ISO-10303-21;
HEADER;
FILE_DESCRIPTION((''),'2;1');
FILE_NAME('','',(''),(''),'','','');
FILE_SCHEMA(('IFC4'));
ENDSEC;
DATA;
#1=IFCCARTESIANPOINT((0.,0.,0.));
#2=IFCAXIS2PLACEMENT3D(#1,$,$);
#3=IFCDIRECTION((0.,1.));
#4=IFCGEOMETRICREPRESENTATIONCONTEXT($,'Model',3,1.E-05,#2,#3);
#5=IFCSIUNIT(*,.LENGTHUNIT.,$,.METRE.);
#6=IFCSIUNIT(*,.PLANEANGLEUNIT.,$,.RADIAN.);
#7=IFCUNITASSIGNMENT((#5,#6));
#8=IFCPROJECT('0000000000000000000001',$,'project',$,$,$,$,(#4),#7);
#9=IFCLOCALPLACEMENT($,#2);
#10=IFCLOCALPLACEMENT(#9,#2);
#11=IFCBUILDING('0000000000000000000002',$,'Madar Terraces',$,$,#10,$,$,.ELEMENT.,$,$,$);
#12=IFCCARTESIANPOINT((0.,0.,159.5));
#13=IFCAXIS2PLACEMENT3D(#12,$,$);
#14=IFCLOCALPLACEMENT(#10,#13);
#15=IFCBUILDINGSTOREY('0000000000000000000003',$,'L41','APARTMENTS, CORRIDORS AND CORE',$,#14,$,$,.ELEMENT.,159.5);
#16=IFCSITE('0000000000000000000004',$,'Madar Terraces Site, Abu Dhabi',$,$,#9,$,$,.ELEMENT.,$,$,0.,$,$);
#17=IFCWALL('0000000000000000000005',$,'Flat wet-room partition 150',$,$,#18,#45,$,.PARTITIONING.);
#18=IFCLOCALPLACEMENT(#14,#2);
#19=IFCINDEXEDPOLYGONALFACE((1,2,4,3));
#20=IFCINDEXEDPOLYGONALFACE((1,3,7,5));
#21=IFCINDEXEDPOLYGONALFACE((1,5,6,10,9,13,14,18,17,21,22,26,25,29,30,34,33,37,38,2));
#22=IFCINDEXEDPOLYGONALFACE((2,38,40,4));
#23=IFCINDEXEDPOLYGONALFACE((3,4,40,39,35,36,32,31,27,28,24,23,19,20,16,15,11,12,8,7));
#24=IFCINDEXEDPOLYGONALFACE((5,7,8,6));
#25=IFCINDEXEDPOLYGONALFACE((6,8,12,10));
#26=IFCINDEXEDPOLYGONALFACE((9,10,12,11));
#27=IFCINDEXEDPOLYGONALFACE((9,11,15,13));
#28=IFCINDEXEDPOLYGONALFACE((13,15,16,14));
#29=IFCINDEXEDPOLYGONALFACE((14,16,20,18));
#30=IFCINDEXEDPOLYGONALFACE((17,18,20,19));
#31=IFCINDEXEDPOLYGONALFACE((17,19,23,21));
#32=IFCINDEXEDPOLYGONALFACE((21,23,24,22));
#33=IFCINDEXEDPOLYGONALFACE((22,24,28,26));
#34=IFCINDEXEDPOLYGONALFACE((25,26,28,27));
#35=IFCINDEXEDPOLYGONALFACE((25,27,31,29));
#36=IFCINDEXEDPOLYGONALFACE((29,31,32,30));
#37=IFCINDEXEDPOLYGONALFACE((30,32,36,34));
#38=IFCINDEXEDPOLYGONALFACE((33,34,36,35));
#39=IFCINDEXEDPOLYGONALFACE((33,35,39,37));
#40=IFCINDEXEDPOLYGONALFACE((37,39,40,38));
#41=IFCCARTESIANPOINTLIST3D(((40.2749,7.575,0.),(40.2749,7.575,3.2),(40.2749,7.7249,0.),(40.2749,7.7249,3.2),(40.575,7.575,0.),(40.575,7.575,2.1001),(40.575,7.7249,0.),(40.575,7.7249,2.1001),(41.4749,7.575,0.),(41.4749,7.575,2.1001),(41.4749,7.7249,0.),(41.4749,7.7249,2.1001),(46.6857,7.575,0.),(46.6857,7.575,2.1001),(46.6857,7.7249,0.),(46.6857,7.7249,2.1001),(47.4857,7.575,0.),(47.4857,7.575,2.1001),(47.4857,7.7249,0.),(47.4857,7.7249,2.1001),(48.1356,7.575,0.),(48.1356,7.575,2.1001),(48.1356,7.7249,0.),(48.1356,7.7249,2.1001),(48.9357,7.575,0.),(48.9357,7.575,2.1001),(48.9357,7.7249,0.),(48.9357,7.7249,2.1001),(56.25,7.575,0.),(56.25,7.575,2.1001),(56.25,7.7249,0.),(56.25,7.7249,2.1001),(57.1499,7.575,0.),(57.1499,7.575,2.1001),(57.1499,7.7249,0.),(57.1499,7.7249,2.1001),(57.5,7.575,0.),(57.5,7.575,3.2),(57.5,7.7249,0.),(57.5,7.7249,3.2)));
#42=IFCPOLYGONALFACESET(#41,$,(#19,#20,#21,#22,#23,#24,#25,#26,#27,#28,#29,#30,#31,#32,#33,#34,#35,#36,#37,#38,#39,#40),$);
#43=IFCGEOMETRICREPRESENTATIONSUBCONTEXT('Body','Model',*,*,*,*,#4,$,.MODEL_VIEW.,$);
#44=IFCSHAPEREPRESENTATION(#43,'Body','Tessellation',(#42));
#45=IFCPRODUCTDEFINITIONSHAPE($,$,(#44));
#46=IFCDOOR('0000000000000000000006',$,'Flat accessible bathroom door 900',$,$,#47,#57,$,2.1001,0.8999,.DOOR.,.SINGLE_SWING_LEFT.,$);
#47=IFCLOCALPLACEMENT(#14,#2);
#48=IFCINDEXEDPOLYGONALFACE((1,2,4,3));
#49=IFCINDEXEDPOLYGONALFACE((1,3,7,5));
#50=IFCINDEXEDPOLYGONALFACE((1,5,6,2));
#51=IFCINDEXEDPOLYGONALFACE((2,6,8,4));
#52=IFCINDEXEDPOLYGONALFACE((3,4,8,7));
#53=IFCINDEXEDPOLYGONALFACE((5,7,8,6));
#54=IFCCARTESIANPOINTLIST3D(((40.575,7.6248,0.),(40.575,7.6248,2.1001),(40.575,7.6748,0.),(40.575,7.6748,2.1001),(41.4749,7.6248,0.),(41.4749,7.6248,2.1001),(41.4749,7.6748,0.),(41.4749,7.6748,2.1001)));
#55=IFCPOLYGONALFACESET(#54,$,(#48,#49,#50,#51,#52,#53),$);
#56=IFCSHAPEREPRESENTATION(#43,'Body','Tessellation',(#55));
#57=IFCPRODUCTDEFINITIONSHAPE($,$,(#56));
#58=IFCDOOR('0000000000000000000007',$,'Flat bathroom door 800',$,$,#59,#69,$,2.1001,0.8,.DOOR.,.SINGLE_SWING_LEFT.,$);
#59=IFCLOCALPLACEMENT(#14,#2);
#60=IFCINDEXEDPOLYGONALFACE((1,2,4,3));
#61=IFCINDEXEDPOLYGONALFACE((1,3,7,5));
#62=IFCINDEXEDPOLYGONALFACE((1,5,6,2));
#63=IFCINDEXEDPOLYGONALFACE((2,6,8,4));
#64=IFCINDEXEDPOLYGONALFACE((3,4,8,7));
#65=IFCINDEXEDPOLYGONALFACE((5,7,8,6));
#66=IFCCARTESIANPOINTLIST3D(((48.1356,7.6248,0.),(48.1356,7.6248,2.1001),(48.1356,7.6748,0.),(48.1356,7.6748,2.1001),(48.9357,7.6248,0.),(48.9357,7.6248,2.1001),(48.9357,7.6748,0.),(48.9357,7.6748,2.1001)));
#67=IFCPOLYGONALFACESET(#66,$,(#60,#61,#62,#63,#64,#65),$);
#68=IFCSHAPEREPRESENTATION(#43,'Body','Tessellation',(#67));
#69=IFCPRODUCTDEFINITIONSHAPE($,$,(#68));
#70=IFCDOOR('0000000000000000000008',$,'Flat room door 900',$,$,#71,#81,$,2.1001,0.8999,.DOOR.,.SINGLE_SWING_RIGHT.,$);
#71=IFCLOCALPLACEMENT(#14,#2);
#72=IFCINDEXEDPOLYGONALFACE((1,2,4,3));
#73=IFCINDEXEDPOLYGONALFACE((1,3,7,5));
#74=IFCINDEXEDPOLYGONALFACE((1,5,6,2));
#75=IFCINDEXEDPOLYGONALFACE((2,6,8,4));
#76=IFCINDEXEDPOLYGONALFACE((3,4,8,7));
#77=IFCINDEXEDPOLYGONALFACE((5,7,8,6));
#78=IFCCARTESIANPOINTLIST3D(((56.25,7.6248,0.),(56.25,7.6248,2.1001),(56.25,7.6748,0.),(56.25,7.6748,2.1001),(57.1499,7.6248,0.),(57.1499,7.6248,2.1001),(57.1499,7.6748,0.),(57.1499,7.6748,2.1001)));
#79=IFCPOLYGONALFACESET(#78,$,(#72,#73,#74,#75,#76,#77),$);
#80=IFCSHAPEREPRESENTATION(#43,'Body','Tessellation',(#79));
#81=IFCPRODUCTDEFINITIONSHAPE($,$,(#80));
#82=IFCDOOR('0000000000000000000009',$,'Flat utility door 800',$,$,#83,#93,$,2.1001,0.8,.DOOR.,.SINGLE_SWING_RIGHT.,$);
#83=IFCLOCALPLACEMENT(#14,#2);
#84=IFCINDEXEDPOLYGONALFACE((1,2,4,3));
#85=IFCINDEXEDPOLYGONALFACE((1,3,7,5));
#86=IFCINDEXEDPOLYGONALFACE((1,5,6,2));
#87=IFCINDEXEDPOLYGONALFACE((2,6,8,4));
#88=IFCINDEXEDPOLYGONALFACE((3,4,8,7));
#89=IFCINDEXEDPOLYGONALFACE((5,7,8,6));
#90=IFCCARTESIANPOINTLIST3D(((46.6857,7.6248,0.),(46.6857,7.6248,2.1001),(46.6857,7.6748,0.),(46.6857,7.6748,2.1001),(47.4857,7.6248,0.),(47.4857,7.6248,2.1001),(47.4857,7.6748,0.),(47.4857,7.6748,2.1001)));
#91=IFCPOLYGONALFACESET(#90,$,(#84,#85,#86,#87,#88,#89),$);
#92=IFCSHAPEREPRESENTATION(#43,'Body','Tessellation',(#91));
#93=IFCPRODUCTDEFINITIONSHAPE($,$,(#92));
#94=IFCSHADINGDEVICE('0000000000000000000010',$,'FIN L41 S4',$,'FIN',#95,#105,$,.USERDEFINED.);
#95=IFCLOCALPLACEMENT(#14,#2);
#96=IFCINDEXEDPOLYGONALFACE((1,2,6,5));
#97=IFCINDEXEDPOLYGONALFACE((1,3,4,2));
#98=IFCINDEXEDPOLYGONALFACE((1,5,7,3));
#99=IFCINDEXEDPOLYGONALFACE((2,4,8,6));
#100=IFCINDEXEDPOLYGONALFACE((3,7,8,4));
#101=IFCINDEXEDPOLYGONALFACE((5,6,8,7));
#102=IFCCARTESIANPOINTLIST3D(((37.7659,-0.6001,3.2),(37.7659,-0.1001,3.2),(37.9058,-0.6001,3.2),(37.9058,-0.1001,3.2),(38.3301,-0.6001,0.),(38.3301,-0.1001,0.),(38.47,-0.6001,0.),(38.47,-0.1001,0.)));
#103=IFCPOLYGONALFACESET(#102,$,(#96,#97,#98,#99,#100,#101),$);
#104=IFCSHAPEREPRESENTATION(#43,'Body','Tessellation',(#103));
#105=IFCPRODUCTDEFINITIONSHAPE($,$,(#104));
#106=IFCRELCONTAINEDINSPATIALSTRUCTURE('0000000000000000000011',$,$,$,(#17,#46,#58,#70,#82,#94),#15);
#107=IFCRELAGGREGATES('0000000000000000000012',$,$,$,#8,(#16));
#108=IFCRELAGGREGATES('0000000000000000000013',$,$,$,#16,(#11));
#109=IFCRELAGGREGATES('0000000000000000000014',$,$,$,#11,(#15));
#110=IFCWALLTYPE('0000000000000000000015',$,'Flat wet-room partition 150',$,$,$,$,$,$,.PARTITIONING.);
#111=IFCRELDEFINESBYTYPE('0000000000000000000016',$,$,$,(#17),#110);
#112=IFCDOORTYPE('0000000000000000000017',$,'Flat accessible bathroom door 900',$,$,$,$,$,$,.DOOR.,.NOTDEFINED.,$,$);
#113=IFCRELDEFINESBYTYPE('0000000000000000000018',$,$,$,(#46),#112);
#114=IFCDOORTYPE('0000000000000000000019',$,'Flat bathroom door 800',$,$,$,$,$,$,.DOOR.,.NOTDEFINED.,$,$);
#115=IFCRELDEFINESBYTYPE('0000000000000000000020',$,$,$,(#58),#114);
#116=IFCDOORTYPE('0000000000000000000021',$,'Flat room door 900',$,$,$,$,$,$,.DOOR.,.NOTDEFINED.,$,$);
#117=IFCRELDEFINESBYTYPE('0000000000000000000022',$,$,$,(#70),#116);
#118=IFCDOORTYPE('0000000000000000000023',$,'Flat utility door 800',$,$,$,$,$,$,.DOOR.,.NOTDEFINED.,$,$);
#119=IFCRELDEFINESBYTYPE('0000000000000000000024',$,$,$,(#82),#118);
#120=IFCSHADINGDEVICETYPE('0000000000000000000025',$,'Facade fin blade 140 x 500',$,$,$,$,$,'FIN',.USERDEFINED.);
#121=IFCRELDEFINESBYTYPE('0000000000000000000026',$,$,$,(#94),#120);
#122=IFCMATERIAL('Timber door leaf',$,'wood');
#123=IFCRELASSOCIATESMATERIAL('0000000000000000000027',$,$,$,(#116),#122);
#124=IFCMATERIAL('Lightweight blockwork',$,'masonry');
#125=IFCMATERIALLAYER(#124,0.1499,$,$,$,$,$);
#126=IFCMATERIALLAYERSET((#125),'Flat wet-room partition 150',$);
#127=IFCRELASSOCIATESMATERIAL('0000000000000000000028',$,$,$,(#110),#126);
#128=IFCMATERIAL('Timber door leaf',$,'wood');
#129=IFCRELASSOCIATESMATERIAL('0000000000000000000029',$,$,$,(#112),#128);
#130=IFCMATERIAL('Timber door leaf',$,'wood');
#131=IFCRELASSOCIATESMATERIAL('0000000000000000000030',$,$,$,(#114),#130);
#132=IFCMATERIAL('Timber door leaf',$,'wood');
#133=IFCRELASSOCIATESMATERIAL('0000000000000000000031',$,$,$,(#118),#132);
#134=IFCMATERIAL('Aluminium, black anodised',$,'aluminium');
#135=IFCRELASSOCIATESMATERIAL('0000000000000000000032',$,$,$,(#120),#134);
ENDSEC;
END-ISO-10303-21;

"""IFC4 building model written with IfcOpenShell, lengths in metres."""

from ifc_helpers import new_model, si_unit, direction, frame, frame_2d, origin, place, context, subcontext, project, spatial, polyline, rectangle, outline, extrude, material, layer, layer_set, type_object, element, fill, save


model = new_model("IFC4")

# Units and contexts
model_context = context("Model", 3, precision=1e-05, world=origin(), true_north=direction((0.0, 1.0)))
body_context = subcontext(model_context, "Body", "Model", "MODEL_VIEW")
ifc_project = project(units=[si_unit("LENGTHUNIT", "METRE"), si_unit("PLANEANGLEUNIT", "RADIAN")], contexts=[model_context])

# Site, building, storey
site_placement = place(None, origin())
site = spatial("IfcSite", under=ifc_project, at=site_placement, Name="Madar Terraces Site, Abu Dhabi", CompositionType="ELEMENT", RefElevation=0.0)
building_placement = place(site_placement, origin())
building = spatial("IfcBuilding", under=site, at=building_placement, Name="Madar Terraces", CompositionType="ELEMENT")
storey_placement = place(building_placement, frame((0.0, 0.0, 159.5)))
storey = spatial("IfcBuildingStorey", under=building, at=storey_placement, Name="L41", Description="APARTMENTS, CORRIDORS AND CORE", CompositionType="ELEMENT", Elevation=159.5)

# Shared definitions
ifc_material_1 = material(Name="Timber door leaf", Category="wood")
door_type_1 = type_object("IfcDoorType", Name="Flat room door 900", OperationType="NOTDEFINED", PredefinedType="DOOR", material=ifc_material_1)

# Shared definitions
ifc_material_2 = material(Name="Lightweight blockwork", Category="masonry")
ifc_layer_1 = layer(ifc_material_2, 0.1499)
ifc_layer_set_1 = layer_set([ifc_layer_1], Name="Flat wet-room partition 150")
wall_type_1 = type_object("IfcWallType", Name="Flat wet-room partition 150", PredefinedType="PARTITIONING", material=ifc_layer_set_1)

# Wall, openings, doors
wall_1_placement = place(storey_placement, frame((40.2749, 7.6499, 0.0), z_axis=(0.0, 0.0, 1.0), x_axis=(1.0, 0.0, 0.0)))
wall_1 = element("IfcWall", 1, at=wall_1_placement, inside=storey, type_object=wall_type_1, Name="Flat wet-room partition 150", PredefinedType="PARTITIONING", context=body_context, shape_type="SweptSolid", body=[
    extrude(rectangle(XDim=17.2251, YDim=0.1499, at=frame_2d((8.6125, 0.0))), origin(), (0.0, 0.0, 1.0), 3.2),
])
opening_1_placement = place(wall_1_placement, frame((0.3, 0.0, 0.0)))
opening_1 = element("IfcOpeningElement", 2, at=opening_1_placement, cuts=wall_1, PredefinedType="OPENING", context=body_context, shape_type="SweptSolid", body=[
    extrude(rectangle(XDim=0.8999, YDim=2.1001, at=frame_2d((0.45, 1.05))), frame((0.0, 0.085, 0.0), z_axis=(0.0, -1.0, 0.0), x_axis=(1.0, 0.0, 0.0)), (0.0, 0.0, 1.0), 0.1699),
])
opening_2_placement = place(wall_1_placement, frame((6.4109, 0.0, 0.0)))
opening_2 = element("IfcOpeningElement", 3, at=opening_2_placement, cuts=wall_1, PredefinedType="OPENING", context=body_context, shape_type="SweptSolid", body=[
    extrude(rectangle(XDim=0.8, YDim=2.1001, at=frame_2d((0.3999, 1.05))), frame((0.0, 0.085, 0.0), z_axis=(0.0, -1.0, 0.0), x_axis=(1.0, 0.0, 0.0)), (0.0, 0.0, 1.0), 0.1699),
])
opening_3_placement = place(wall_1_placement, frame((7.8608, 0.0, 0.0)))
opening_3 = element("IfcOpeningElement", 4, at=opening_3_placement, cuts=wall_1, PredefinedType="OPENING", context=body_context, shape_type="SweptSolid", body=[
    extrude(rectangle(XDim=0.8, YDim=2.1001, at=frame_2d((0.3999, 1.05))), frame((0.0, 0.085, 0.0), z_axis=(0.0, -1.0, 0.0), x_axis=(1.0, 0.0, 0.0)), (0.0, 0.0, 1.0), 0.1699),
])
opening_4_placement = place(wall_1_placement, frame((15.9751, 0.0, 0.0)))
opening_4 = element("IfcOpeningElement", 5, at=opening_4_placement, cuts=wall_1, PredefinedType="OPENING", context=body_context, shape_type="SweptSolid", body=[
    extrude(rectangle(XDim=0.8999, YDim=2.1001, at=frame_2d((0.45, 1.05))), frame((0.0, 0.085, 0.0), z_axis=(0.0, -1.0, 0.0), x_axis=(1.0, 0.0, 0.0)), (0.0, 0.0, 1.0), 0.1699),
])
ifc_material_3 = material(Name="Timber door leaf", Category="wood")
door_type_2 = type_object("IfcDoorType", Name="Flat accessible bathroom door 900", OperationType="NOTDEFINED", PredefinedType="DOOR", material=ifc_material_3)
door_1_placement = place(opening_1_placement, origin())
door_1 = element("IfcDoor", 6, at=door_1_placement, inside=storey, type_object=door_type_2, Name="Flat accessible bathroom door 900", OperationType="SINGLE_SWING_LEFT", OverallHeight=2.1001, OverallWidth=0.8999, PredefinedType="DOOR", context=body_context, shape_type="SweptSolid", body=[
    extrude(rectangle(XDim=0.8999, YDim=2.1001, at=frame_2d((0.45, 1.05))), frame((0.0, 0.0249, 0.0), z_axis=(0.0, -1.0, 0.0), x_axis=(1.0, 0.0, 0.0)), (0.0, 0.0, 1.0), 0.05),
])
fill(opening_1, door_1)
ifc_material_4 = material(Name="Timber door leaf", Category="wood")
door_type_3 = type_object("IfcDoorType", Name="Flat bathroom door 800", OperationType="NOTDEFINED", PredefinedType="DOOR", material=ifc_material_4)
door_2_placement = place(opening_3_placement, origin())
door_2 = element("IfcDoor", 7, at=door_2_placement, inside=storey, type_object=door_type_3, Name="Flat bathroom door 800", OperationType="SINGLE_SWING_LEFT", OverallHeight=2.1001, OverallWidth=0.8, PredefinedType="DOOR", context=body_context, shape_type="SweptSolid", body=[
    extrude(rectangle(XDim=0.8, YDim=2.1001, at=frame_2d((0.3999, 1.05))), frame((0.0, 0.0249, 0.0), z_axis=(0.0, -1.0, 0.0), x_axis=(1.0, 0.0, 0.0)), (0.0, 0.0, 1.0), 0.05),
])
fill(opening_3, door_2)
door_3_placement = place(opening_4_placement, origin())
door_3 = element("IfcDoor", 8, at=door_3_placement, inside=storey, type_object=door_type_1, Name="Flat room door 900", OperationType="SINGLE_SWING_RIGHT", OverallHeight=2.1001, OverallWidth=0.8999, PredefinedType="DOOR", context=body_context, shape_type="SweptSolid", body=[
    extrude(rectangle(XDim=0.8999, YDim=2.1001, at=frame_2d((0.45, 1.05))), frame((0.0, 0.0249, 0.0), z_axis=(0.0, -1.0, 0.0), x_axis=(1.0, 0.0, 0.0)), (0.0, 0.0, 1.0), 0.05),
])
fill(opening_4, door_3)
ifc_material_5 = material(Name="Timber door leaf", Category="wood")
door_type_4 = type_object("IfcDoorType", Name="Flat utility door 800", OperationType="NOTDEFINED", PredefinedType="DOOR", material=ifc_material_5)
door_4_placement = place(opening_2_placement, origin())
door_4 = element("IfcDoor", 9, at=door_4_placement, inside=storey, type_object=door_type_4, Name="Flat utility door 800", OperationType="SINGLE_SWING_RIGHT", OverallHeight=2.1001, OverallWidth=0.8, PredefinedType="DOOR", context=body_context, shape_type="SweptSolid", body=[
    extrude(rectangle(XDim=0.8, YDim=2.1001, at=frame_2d((0.3999, 1.05))), frame((0.0, 0.0249, 0.0), z_axis=(0.0, -1.0, 0.0), x_axis=(1.0, 0.0, 0.0)), (0.0, 0.0, 1.0), 0.05),
])
fill(opening_2, door_4)

# Shading device
ifc_material_6 = material(Name="Aluminium, black anodised", Category="aluminium")
shading_device_type = type_object("IfcShadingDeviceType", Name="Facade fin blade 140 x 500", ElementType="FIN", PredefinedType="USERDEFINED", material=ifc_material_6)
shading_device_placement = place(storey_placement, frame((38.3301, -0.3501, 0.0), z_axis=(0.0, 0.0, 1.0), x_axis=(1.0, 0.0, 0.0)))
element("IfcShadingDevice", 10, at=shading_device_placement, inside=storey, type_object=shading_device_type, Name="FIN L41 S4", ObjectType="FIN", PredefinedType="USERDEFINED", context=body_context, shape_type="SweptSolid", body=[
    extrude(outline(polyline([(0.0, 0.0), (0.1399, 0.0), (-0.4243, 3.2), (-0.5642, 3.2), (0.0, 0.0)])), frame((0.0, 0.25, 0.0), z_axis=(0.0, -1.0, 0.0), x_axis=(1.0, 0.0, 0.0)), (0.0, 0.0, 1.0), 0.5),
])

save(model, "model.ifc")
